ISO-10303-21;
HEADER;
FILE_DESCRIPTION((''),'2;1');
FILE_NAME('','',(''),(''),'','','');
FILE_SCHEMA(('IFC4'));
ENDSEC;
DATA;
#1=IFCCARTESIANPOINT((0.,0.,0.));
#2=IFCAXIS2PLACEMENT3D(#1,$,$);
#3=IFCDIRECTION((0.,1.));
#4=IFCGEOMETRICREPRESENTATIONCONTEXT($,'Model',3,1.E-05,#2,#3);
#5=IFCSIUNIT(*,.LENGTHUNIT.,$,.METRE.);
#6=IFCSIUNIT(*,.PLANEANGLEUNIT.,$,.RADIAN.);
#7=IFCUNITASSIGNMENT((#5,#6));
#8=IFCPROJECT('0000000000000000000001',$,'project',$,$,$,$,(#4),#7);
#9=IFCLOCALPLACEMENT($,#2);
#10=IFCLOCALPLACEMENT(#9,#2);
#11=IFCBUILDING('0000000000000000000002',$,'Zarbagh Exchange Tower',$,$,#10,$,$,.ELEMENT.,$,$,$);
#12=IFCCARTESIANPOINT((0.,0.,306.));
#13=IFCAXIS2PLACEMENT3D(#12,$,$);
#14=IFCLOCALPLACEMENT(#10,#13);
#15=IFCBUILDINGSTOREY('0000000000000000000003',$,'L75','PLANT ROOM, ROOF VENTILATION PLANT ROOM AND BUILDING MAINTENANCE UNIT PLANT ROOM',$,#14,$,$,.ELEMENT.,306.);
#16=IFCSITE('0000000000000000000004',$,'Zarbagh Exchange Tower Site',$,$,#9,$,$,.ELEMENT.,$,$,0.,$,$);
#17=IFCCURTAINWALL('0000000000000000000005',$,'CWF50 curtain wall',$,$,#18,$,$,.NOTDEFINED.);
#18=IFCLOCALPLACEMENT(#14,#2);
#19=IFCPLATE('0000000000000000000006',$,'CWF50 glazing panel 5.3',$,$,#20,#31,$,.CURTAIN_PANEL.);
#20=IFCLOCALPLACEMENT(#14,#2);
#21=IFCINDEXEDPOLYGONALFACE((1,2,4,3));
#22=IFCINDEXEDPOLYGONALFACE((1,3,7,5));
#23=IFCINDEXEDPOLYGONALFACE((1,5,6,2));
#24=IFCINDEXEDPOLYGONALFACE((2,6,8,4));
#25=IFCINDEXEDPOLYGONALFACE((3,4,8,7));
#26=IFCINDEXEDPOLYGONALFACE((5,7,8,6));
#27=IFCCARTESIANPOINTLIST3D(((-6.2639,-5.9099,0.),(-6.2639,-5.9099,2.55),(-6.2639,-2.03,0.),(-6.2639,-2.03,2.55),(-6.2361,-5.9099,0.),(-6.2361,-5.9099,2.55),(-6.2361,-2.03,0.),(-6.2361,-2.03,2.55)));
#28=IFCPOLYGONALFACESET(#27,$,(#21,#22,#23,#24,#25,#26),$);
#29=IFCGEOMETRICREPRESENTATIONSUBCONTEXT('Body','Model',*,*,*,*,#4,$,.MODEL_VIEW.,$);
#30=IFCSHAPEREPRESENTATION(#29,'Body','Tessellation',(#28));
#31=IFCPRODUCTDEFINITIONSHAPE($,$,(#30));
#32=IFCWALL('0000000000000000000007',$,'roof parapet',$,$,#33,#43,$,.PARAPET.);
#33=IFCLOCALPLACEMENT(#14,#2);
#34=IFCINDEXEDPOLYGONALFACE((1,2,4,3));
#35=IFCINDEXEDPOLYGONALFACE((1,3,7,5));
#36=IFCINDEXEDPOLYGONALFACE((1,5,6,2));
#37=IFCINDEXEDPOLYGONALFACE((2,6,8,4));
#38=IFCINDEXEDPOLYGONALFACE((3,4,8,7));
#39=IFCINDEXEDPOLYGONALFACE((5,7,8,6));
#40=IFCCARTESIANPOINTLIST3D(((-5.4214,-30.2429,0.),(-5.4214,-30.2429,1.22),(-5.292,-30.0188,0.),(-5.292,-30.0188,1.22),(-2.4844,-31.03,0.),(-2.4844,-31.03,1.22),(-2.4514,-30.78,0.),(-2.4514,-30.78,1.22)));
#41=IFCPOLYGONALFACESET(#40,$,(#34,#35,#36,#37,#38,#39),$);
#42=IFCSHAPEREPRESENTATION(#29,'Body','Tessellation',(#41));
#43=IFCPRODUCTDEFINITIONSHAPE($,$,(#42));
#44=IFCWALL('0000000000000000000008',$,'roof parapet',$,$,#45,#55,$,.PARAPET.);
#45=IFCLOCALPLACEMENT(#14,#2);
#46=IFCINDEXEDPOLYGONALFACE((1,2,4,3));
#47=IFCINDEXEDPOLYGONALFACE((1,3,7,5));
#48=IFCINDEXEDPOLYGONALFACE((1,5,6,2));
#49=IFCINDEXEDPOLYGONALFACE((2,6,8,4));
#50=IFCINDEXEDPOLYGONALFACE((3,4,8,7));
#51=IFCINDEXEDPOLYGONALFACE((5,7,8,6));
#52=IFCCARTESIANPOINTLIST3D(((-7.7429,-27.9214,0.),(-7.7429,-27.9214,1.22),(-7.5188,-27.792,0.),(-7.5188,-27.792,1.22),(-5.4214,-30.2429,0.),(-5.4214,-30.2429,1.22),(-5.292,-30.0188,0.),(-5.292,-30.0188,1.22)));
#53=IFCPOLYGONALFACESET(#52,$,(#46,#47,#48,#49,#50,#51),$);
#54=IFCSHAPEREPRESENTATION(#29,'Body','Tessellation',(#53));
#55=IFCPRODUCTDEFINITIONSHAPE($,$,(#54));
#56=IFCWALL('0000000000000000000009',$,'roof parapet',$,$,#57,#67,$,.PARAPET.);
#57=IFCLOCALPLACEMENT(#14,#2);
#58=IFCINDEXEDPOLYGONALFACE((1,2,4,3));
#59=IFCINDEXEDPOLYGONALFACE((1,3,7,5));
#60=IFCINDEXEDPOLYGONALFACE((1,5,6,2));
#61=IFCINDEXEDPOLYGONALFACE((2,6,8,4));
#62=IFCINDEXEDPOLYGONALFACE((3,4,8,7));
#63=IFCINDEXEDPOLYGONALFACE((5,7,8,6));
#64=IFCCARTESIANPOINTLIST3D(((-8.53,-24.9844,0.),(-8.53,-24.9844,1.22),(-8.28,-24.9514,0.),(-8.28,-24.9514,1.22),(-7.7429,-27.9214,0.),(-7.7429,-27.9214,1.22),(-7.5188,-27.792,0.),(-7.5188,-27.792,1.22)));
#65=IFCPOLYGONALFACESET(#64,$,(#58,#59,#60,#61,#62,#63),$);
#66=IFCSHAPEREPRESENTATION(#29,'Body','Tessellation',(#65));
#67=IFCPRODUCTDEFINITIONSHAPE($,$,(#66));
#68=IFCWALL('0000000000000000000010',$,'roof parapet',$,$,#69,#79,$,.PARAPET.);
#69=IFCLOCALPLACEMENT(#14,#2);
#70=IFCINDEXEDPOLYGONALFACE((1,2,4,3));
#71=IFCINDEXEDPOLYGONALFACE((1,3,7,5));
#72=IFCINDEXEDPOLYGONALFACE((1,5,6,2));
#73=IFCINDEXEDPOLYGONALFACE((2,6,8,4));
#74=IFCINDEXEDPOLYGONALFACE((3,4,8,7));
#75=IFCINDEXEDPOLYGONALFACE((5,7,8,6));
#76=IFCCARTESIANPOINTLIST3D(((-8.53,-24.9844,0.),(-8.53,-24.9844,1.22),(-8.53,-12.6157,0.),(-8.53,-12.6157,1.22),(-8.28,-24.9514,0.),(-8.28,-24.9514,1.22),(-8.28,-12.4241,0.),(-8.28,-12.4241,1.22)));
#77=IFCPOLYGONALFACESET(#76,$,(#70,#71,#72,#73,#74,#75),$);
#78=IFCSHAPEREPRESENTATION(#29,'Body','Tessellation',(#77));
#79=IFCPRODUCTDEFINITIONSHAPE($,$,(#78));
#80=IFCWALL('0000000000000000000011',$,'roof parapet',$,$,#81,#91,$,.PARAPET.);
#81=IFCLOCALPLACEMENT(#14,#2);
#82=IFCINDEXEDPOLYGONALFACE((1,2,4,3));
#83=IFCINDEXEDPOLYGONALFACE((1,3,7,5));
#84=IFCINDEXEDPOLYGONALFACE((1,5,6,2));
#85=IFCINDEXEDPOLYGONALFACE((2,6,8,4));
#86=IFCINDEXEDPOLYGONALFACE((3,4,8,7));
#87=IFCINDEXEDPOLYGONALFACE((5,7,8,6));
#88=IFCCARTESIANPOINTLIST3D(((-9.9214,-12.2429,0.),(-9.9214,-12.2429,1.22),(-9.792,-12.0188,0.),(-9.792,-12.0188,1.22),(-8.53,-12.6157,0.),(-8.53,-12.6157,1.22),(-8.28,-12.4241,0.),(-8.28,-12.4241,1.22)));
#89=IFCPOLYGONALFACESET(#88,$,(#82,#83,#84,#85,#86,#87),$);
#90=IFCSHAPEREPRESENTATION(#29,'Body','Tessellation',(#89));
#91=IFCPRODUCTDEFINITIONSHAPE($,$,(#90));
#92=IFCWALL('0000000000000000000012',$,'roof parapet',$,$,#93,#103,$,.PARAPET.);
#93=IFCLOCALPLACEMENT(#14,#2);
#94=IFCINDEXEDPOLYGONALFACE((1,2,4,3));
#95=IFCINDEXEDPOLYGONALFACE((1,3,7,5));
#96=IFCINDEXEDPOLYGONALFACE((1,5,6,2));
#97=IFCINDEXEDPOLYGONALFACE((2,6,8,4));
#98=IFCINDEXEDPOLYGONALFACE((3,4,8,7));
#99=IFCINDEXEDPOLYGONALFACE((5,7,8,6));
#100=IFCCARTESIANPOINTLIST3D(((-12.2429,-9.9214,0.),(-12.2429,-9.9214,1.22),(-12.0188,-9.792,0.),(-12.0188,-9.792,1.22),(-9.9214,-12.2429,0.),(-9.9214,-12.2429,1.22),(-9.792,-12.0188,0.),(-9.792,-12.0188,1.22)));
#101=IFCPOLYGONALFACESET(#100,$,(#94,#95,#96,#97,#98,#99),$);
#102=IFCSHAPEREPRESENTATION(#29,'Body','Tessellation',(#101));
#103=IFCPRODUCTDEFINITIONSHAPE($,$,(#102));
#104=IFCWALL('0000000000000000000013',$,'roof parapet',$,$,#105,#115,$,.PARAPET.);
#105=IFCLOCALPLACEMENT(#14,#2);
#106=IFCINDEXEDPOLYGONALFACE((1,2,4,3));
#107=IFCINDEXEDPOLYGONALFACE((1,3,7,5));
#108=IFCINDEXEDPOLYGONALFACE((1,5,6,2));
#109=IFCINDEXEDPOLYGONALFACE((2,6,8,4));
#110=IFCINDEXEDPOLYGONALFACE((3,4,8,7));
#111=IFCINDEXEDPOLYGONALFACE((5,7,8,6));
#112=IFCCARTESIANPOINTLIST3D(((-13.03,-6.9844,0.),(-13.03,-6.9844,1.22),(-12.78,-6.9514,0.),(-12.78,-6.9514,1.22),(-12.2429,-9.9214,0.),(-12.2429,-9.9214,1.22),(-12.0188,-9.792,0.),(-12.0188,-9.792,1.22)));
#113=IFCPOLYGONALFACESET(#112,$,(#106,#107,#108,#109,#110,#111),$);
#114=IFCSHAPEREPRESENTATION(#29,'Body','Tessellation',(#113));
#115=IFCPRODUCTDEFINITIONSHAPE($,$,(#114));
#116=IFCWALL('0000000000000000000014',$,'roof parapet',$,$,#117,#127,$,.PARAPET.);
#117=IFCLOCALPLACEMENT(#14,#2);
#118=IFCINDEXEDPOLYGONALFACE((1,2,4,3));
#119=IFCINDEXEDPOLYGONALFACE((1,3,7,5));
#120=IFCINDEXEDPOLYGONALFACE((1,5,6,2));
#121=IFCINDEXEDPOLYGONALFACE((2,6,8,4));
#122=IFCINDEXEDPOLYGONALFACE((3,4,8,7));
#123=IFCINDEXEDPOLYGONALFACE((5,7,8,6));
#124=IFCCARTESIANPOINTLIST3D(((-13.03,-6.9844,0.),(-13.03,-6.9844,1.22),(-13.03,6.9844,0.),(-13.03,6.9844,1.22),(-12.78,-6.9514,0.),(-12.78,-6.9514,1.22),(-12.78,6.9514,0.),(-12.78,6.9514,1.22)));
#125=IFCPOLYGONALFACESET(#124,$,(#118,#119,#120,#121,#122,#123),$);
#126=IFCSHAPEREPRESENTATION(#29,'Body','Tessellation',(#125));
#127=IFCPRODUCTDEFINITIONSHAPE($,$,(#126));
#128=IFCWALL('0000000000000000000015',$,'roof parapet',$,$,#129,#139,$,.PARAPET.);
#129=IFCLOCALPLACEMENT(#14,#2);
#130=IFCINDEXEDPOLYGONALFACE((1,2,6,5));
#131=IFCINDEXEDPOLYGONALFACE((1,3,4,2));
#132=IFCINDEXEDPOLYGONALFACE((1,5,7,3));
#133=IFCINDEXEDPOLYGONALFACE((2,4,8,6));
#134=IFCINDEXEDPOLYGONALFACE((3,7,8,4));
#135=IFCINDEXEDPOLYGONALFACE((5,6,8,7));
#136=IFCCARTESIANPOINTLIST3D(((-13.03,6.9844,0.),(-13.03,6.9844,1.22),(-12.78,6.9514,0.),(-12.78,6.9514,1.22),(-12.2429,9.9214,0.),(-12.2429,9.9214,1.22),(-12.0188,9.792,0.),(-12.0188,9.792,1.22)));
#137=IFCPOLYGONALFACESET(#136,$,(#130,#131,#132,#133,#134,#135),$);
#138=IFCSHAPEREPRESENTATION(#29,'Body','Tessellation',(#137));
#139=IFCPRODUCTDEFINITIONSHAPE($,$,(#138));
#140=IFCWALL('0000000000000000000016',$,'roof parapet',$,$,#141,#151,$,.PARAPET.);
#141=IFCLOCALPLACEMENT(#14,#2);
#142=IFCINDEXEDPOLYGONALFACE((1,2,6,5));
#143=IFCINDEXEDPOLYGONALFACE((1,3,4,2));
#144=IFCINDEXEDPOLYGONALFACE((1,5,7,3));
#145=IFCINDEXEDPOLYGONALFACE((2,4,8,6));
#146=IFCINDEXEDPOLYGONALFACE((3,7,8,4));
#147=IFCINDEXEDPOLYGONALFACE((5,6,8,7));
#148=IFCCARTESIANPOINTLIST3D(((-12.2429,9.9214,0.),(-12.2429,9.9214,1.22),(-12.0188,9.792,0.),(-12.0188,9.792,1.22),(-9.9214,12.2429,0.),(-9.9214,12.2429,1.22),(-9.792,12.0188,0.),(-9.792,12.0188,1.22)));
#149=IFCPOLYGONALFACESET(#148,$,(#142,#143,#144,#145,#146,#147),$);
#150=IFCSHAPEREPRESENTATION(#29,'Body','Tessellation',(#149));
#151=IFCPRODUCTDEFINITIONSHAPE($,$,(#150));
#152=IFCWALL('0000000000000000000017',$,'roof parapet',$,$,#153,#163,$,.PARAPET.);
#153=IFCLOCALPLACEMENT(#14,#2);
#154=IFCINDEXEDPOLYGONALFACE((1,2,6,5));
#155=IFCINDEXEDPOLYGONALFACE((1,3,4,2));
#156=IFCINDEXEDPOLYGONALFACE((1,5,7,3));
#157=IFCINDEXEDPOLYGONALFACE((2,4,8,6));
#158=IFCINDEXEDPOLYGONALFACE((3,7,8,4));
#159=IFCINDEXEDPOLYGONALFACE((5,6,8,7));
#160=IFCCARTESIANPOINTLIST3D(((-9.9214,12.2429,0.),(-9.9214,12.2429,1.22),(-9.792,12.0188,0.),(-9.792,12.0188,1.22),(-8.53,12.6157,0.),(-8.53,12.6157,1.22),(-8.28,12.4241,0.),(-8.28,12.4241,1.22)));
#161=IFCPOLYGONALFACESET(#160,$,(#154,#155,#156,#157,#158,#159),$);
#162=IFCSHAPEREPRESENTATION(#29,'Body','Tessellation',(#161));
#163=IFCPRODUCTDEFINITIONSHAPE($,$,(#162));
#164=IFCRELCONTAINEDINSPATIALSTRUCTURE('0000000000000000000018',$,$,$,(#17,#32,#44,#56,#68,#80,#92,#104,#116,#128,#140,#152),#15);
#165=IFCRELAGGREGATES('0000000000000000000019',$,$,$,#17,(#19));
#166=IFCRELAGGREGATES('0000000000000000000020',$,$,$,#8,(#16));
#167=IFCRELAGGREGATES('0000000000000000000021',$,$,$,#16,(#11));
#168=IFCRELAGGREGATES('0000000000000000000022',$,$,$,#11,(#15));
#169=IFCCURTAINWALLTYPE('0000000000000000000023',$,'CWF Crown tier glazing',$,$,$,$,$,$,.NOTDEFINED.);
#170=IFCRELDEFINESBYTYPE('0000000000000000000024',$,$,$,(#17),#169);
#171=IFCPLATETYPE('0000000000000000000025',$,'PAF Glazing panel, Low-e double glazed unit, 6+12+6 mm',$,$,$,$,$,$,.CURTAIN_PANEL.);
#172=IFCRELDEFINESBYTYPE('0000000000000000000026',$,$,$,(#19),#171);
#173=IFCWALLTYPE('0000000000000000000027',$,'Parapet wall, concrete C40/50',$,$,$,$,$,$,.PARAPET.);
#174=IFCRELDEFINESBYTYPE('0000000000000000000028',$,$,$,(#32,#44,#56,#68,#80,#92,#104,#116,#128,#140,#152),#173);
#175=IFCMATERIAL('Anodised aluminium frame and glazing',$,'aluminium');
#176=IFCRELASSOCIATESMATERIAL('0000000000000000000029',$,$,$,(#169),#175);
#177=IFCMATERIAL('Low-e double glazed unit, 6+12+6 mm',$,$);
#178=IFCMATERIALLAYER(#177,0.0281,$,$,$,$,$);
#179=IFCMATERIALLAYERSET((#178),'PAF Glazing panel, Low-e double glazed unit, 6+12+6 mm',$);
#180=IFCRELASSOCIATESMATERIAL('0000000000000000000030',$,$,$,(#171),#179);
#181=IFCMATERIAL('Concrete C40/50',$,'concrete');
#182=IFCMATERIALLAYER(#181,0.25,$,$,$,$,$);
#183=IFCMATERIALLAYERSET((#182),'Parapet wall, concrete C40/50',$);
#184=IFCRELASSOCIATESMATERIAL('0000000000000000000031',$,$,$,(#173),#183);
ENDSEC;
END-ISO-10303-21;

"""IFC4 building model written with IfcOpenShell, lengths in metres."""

from ifc_helpers import new_model, si_unit, direction, frame, origin, place, context, subcontext, project, spatial, polyline, outline, extrude, source, transform, mapped, material, layer, layer_set, type_object, element, aggregate, save


model = new_model("IFC4")

# Units and contexts
model_context = context("Model", 3, precision=1e-05, world=origin(), true_north=direction((0.0, 1.0)))
body_context = subcontext(model_context, "Body", "Model", "MODEL_VIEW")
ifc_project = project(units=[si_unit("LENGTHUNIT", "METRE"), si_unit("PLANEANGLEUNIT", "RADIAN")], contexts=[model_context])

# Site, building, storey
site_placement = place(None, origin())
site = spatial("IfcSite", under=ifc_project, at=site_placement, Name="Zarbagh Exchange Tower Site", CompositionType="ELEMENT", RefElevation=0.0)
building_placement = place(site_placement, origin())
building = spatial("IfcBuilding", under=site, at=building_placement, Name="Zarbagh Exchange Tower", CompositionType="ELEMENT")
storey_placement = place(building_placement, frame((0.0, 0.0, 306.0)))
storey = spatial("IfcBuildingStorey", under=building, at=storey_placement, Name="L75", Description="PLANT ROOM, ROOF VENTILATION PLANT ROOM AND BUILDING MAINTENANCE UNIT PLANT ROOM", CompositionType="ELEMENT", Elevation=306.0)

# Curtain wall
ifc_material_1 = material(Name="Anodised aluminium frame and glazing", Category="aluminium")
curtain_wall_type = type_object("IfcCurtainWallType", Name="CWF Crown tier glazing", PredefinedType="NOTDEFINED", material=ifc_material_1)
curtain_wall_1_placement = place(storey_placement, origin())
curtain_wall_1 = element("IfcCurtainWall", 1, at=curtain_wall_1_placement, inside=storey, type_object=curtain_wall_type, Name="CWF50 curtain wall", PredefinedType="NOTDEFINED")
placement = place(storey_placement, origin())

# Shared definitions
ifc_material_2 = material(Name="Low-e double glazed unit, 6+12+6 mm")
ifc_layer_1 = layer(ifc_material_2, 0.0281)
ifc_layer_set_1 = layer_set([ifc_layer_1], Name="PAF Glazing panel, Low-e double glazed unit, 6+12+6 mm")
plate_type = type_object("IfcPlateType", Name="PAF Glazing panel, Low-e double glazed unit, 6+12+6 mm", PredefinedType="CURTAIN_PANEL", material=ifc_layer_set_1)

# Plate
shared_shape_1 = source(origin(), body_context, "Body", "SweptSolid", [
    extrude(outline(polyline([(0.0, -0.0139), (3.8799, -0.0139), (3.8799, 0.0139), (0.0, 0.0139), (0.0, -0.0139)])), origin(), (0.0, 0.0, 1.0), 2.55),
])
plate_1 = element("IfcPlate", 2, at=placement, type_object=plate_type, Name="CWF50 glazing panel 5.3", PredefinedType="CURTAIN_PANEL", context=body_context, shape_type="MappedRepresentation", body=[
    mapped(shared_shape_1, transform((-6.25, -2.03, 0.0), x_axis=(0.0, -1.0, 0.0), y_axis=(1.0, 0.0, 0.0), z_axis=(0.0, 0.0, 1.0))),
])
aggregate(curtain_wall_1, [plate_1])

# Walls
ifc_material_3 = material(Name="Concrete C40/50", Category="concrete")
ifc_layer_2 = layer(ifc_material_3, 0.25)
ifc_layer_set_2 = layer_set([ifc_layer_2], Name="Parapet wall, concrete C40/50")
wall_type = type_object("IfcWallType", Name="Parapet wall, concrete C40/50", PredefinedType="PARAPET", material=ifc_layer_set_2)
wall_1_placement = place(storey_placement, origin())
element("IfcWall", 3, at=wall_1_placement, inside=storey, type_object=wall_type, Name="roof parapet", PredefinedType="PARAPET", context=body_context, shape_type="SweptSolid", body=[
    extrude(outline(polyline([(-2.4844, -31.03), (-5.4214, -30.2429), (-5.292, -30.0188), (-2.4514, -30.78), (-2.4844, -31.03)])), origin(), (0.0, 0.0, 1.0), 1.22),
])
wall_2_placement = place(storey_placement, origin())
element("IfcWall", 4, at=wall_2_placement, inside=storey, type_object=wall_type, Name="roof parapet", PredefinedType="PARAPET", context=body_context, shape_type="SweptSolid", body=[
    extrude(outline(polyline([(-5.4214, -30.2429), (-7.7429, -27.9214), (-7.5188, -27.792), (-5.292, -30.0188), (-5.4214, -30.2429)])), origin(), (0.0, 0.0, 1.0), 1.22),
])
wall_3_placement = place(storey_placement, origin())
element("IfcWall", 5, at=wall_3_placement, inside=storey, type_object=wall_type, Name="roof parapet", PredefinedType="PARAPET", context=body_context, shape_type="SweptSolid", body=[
    extrude(outline(polyline([(-7.7429, -27.9214), (-8.53, -24.9844), (-8.28, -24.9514), (-7.5188, -27.792), (-7.7429, -27.9214)])), origin(), (0.0, 0.0, 1.0), 1.22),
])
wall_4_placement = place(storey_placement, origin())
element("IfcWall", 6, at=wall_4_placement, inside=storey, type_object=wall_type, Name="roof parapet", PredefinedType="PARAPET", context=body_context, shape_type="SweptSolid", body=[
    extrude(outline(polyline([(-8.53, -24.9844), (-8.53, -12.6157), (-8.28, -12.4241), (-8.28, -24.9514), (-8.53, -24.9844)])), origin(), (0.0, 0.0, 1.0), 1.22),
])
wall_5_placement = place(storey_placement, origin())
element("IfcWall", 7, at=wall_5_placement, inside=storey, type_object=wall_type, Name="roof parapet", PredefinedType="PARAPET", context=body_context, shape_type="SweptSolid", body=[
    extrude(outline(polyline([(-8.53, -12.6157), (-9.9214, -12.2429), (-9.792, -12.0188), (-8.28, -12.4241), (-8.53, -12.6157)])), origin(), (0.0, 0.0, 1.0), 1.22),
])
wall_6_placement = place(storey_placement, origin())
element("IfcWall", 8, at=wall_6_placement, inside=storey, type_object=wall_type, Name="roof parapet", PredefinedType="PARAPET", context=body_context, shape_type="SweptSolid", body=[
    extrude(outline(polyline([(-9.9214, -12.2429), (-12.2429, -9.9214), (-12.0188, -9.792), (-9.792, -12.0188), (-9.9214, -12.2429)])), origin(), (0.0, 0.0, 1.0), 1.22),
])
wall_7_placement = place(storey_placement, origin())
element("IfcWall", 9, at=wall_7_placement, inside=storey, type_object=wall_type, Name="roof parapet", PredefinedType="PARAPET", context=body_context, shape_type="SweptSolid", body=[
    extrude(outline(polyline([(-12.2429, -9.9214), (-13.03, -6.9844), (-12.78, -6.9514), (-12.0188, -9.792), (-12.2429, -9.9214)])), origin(), (0.0, 0.0, 1.0), 1.22),
])
wall_8_placement = place(storey_placement, origin())
element("IfcWall", 10, at=wall_8_placement, inside=storey, type_object=wall_type, Name="roof parapet", PredefinedType="PARAPET", context=body_context, shape_type="SweptSolid", body=[
    extrude(outline(polyline([(-13.03, -6.9844), (-13.03, 6.9844), (-12.78, 6.9514), (-12.78, -6.9514), (-13.03, -6.9844)])), origin(), (0.0, 0.0, 1.0), 1.22),
])
wall_9_placement = place(storey_placement, origin())
element("IfcWall", 11, at=wall_9_placement, inside=storey, type_object=wall_type, Name="roof parapet", PredefinedType="PARAPET", context=body_context, shape_type="SweptSolid", body=[
    extrude(outline(polyline([(-13.03, 6.9844), (-12.2429, 9.9214), (-12.0188, 9.792), (-12.78, 6.9514), (-13.03, 6.9844)])), origin(), (0.0, 0.0, 1.0), 1.22),
])
wall_10_placement = place(storey_placement, origin())
element("IfcWall", 12, at=wall_10_placement, inside=storey, type_object=wall_type, Name="roof parapet", PredefinedType="PARAPET", context=body_context, shape_type="SweptSolid", body=[
    extrude(outline(polyline([(-12.2429, 9.9214), (-9.9214, 12.2429), (-9.792, 12.0188), (-12.0188, 9.792), (-12.2429, 9.9214)])), origin(), (0.0, 0.0, 1.0), 1.22),
])
wall_11_placement = place(storey_placement, origin())
element("IfcWall", 13, at=wall_11_placement, inside=storey, type_object=wall_type, Name="roof parapet", PredefinedType="PARAPET", context=body_context, shape_type="SweptSolid", body=[
    extrude(outline(polyline([(-9.9214, 12.2429), (-8.53, 12.6157), (-8.28, 12.4241), (-9.792, 12.0188), (-9.9214, 12.2429)])), origin(), (0.0, 0.0, 1.0), 1.22),
])

save(model, "model.ifc")
